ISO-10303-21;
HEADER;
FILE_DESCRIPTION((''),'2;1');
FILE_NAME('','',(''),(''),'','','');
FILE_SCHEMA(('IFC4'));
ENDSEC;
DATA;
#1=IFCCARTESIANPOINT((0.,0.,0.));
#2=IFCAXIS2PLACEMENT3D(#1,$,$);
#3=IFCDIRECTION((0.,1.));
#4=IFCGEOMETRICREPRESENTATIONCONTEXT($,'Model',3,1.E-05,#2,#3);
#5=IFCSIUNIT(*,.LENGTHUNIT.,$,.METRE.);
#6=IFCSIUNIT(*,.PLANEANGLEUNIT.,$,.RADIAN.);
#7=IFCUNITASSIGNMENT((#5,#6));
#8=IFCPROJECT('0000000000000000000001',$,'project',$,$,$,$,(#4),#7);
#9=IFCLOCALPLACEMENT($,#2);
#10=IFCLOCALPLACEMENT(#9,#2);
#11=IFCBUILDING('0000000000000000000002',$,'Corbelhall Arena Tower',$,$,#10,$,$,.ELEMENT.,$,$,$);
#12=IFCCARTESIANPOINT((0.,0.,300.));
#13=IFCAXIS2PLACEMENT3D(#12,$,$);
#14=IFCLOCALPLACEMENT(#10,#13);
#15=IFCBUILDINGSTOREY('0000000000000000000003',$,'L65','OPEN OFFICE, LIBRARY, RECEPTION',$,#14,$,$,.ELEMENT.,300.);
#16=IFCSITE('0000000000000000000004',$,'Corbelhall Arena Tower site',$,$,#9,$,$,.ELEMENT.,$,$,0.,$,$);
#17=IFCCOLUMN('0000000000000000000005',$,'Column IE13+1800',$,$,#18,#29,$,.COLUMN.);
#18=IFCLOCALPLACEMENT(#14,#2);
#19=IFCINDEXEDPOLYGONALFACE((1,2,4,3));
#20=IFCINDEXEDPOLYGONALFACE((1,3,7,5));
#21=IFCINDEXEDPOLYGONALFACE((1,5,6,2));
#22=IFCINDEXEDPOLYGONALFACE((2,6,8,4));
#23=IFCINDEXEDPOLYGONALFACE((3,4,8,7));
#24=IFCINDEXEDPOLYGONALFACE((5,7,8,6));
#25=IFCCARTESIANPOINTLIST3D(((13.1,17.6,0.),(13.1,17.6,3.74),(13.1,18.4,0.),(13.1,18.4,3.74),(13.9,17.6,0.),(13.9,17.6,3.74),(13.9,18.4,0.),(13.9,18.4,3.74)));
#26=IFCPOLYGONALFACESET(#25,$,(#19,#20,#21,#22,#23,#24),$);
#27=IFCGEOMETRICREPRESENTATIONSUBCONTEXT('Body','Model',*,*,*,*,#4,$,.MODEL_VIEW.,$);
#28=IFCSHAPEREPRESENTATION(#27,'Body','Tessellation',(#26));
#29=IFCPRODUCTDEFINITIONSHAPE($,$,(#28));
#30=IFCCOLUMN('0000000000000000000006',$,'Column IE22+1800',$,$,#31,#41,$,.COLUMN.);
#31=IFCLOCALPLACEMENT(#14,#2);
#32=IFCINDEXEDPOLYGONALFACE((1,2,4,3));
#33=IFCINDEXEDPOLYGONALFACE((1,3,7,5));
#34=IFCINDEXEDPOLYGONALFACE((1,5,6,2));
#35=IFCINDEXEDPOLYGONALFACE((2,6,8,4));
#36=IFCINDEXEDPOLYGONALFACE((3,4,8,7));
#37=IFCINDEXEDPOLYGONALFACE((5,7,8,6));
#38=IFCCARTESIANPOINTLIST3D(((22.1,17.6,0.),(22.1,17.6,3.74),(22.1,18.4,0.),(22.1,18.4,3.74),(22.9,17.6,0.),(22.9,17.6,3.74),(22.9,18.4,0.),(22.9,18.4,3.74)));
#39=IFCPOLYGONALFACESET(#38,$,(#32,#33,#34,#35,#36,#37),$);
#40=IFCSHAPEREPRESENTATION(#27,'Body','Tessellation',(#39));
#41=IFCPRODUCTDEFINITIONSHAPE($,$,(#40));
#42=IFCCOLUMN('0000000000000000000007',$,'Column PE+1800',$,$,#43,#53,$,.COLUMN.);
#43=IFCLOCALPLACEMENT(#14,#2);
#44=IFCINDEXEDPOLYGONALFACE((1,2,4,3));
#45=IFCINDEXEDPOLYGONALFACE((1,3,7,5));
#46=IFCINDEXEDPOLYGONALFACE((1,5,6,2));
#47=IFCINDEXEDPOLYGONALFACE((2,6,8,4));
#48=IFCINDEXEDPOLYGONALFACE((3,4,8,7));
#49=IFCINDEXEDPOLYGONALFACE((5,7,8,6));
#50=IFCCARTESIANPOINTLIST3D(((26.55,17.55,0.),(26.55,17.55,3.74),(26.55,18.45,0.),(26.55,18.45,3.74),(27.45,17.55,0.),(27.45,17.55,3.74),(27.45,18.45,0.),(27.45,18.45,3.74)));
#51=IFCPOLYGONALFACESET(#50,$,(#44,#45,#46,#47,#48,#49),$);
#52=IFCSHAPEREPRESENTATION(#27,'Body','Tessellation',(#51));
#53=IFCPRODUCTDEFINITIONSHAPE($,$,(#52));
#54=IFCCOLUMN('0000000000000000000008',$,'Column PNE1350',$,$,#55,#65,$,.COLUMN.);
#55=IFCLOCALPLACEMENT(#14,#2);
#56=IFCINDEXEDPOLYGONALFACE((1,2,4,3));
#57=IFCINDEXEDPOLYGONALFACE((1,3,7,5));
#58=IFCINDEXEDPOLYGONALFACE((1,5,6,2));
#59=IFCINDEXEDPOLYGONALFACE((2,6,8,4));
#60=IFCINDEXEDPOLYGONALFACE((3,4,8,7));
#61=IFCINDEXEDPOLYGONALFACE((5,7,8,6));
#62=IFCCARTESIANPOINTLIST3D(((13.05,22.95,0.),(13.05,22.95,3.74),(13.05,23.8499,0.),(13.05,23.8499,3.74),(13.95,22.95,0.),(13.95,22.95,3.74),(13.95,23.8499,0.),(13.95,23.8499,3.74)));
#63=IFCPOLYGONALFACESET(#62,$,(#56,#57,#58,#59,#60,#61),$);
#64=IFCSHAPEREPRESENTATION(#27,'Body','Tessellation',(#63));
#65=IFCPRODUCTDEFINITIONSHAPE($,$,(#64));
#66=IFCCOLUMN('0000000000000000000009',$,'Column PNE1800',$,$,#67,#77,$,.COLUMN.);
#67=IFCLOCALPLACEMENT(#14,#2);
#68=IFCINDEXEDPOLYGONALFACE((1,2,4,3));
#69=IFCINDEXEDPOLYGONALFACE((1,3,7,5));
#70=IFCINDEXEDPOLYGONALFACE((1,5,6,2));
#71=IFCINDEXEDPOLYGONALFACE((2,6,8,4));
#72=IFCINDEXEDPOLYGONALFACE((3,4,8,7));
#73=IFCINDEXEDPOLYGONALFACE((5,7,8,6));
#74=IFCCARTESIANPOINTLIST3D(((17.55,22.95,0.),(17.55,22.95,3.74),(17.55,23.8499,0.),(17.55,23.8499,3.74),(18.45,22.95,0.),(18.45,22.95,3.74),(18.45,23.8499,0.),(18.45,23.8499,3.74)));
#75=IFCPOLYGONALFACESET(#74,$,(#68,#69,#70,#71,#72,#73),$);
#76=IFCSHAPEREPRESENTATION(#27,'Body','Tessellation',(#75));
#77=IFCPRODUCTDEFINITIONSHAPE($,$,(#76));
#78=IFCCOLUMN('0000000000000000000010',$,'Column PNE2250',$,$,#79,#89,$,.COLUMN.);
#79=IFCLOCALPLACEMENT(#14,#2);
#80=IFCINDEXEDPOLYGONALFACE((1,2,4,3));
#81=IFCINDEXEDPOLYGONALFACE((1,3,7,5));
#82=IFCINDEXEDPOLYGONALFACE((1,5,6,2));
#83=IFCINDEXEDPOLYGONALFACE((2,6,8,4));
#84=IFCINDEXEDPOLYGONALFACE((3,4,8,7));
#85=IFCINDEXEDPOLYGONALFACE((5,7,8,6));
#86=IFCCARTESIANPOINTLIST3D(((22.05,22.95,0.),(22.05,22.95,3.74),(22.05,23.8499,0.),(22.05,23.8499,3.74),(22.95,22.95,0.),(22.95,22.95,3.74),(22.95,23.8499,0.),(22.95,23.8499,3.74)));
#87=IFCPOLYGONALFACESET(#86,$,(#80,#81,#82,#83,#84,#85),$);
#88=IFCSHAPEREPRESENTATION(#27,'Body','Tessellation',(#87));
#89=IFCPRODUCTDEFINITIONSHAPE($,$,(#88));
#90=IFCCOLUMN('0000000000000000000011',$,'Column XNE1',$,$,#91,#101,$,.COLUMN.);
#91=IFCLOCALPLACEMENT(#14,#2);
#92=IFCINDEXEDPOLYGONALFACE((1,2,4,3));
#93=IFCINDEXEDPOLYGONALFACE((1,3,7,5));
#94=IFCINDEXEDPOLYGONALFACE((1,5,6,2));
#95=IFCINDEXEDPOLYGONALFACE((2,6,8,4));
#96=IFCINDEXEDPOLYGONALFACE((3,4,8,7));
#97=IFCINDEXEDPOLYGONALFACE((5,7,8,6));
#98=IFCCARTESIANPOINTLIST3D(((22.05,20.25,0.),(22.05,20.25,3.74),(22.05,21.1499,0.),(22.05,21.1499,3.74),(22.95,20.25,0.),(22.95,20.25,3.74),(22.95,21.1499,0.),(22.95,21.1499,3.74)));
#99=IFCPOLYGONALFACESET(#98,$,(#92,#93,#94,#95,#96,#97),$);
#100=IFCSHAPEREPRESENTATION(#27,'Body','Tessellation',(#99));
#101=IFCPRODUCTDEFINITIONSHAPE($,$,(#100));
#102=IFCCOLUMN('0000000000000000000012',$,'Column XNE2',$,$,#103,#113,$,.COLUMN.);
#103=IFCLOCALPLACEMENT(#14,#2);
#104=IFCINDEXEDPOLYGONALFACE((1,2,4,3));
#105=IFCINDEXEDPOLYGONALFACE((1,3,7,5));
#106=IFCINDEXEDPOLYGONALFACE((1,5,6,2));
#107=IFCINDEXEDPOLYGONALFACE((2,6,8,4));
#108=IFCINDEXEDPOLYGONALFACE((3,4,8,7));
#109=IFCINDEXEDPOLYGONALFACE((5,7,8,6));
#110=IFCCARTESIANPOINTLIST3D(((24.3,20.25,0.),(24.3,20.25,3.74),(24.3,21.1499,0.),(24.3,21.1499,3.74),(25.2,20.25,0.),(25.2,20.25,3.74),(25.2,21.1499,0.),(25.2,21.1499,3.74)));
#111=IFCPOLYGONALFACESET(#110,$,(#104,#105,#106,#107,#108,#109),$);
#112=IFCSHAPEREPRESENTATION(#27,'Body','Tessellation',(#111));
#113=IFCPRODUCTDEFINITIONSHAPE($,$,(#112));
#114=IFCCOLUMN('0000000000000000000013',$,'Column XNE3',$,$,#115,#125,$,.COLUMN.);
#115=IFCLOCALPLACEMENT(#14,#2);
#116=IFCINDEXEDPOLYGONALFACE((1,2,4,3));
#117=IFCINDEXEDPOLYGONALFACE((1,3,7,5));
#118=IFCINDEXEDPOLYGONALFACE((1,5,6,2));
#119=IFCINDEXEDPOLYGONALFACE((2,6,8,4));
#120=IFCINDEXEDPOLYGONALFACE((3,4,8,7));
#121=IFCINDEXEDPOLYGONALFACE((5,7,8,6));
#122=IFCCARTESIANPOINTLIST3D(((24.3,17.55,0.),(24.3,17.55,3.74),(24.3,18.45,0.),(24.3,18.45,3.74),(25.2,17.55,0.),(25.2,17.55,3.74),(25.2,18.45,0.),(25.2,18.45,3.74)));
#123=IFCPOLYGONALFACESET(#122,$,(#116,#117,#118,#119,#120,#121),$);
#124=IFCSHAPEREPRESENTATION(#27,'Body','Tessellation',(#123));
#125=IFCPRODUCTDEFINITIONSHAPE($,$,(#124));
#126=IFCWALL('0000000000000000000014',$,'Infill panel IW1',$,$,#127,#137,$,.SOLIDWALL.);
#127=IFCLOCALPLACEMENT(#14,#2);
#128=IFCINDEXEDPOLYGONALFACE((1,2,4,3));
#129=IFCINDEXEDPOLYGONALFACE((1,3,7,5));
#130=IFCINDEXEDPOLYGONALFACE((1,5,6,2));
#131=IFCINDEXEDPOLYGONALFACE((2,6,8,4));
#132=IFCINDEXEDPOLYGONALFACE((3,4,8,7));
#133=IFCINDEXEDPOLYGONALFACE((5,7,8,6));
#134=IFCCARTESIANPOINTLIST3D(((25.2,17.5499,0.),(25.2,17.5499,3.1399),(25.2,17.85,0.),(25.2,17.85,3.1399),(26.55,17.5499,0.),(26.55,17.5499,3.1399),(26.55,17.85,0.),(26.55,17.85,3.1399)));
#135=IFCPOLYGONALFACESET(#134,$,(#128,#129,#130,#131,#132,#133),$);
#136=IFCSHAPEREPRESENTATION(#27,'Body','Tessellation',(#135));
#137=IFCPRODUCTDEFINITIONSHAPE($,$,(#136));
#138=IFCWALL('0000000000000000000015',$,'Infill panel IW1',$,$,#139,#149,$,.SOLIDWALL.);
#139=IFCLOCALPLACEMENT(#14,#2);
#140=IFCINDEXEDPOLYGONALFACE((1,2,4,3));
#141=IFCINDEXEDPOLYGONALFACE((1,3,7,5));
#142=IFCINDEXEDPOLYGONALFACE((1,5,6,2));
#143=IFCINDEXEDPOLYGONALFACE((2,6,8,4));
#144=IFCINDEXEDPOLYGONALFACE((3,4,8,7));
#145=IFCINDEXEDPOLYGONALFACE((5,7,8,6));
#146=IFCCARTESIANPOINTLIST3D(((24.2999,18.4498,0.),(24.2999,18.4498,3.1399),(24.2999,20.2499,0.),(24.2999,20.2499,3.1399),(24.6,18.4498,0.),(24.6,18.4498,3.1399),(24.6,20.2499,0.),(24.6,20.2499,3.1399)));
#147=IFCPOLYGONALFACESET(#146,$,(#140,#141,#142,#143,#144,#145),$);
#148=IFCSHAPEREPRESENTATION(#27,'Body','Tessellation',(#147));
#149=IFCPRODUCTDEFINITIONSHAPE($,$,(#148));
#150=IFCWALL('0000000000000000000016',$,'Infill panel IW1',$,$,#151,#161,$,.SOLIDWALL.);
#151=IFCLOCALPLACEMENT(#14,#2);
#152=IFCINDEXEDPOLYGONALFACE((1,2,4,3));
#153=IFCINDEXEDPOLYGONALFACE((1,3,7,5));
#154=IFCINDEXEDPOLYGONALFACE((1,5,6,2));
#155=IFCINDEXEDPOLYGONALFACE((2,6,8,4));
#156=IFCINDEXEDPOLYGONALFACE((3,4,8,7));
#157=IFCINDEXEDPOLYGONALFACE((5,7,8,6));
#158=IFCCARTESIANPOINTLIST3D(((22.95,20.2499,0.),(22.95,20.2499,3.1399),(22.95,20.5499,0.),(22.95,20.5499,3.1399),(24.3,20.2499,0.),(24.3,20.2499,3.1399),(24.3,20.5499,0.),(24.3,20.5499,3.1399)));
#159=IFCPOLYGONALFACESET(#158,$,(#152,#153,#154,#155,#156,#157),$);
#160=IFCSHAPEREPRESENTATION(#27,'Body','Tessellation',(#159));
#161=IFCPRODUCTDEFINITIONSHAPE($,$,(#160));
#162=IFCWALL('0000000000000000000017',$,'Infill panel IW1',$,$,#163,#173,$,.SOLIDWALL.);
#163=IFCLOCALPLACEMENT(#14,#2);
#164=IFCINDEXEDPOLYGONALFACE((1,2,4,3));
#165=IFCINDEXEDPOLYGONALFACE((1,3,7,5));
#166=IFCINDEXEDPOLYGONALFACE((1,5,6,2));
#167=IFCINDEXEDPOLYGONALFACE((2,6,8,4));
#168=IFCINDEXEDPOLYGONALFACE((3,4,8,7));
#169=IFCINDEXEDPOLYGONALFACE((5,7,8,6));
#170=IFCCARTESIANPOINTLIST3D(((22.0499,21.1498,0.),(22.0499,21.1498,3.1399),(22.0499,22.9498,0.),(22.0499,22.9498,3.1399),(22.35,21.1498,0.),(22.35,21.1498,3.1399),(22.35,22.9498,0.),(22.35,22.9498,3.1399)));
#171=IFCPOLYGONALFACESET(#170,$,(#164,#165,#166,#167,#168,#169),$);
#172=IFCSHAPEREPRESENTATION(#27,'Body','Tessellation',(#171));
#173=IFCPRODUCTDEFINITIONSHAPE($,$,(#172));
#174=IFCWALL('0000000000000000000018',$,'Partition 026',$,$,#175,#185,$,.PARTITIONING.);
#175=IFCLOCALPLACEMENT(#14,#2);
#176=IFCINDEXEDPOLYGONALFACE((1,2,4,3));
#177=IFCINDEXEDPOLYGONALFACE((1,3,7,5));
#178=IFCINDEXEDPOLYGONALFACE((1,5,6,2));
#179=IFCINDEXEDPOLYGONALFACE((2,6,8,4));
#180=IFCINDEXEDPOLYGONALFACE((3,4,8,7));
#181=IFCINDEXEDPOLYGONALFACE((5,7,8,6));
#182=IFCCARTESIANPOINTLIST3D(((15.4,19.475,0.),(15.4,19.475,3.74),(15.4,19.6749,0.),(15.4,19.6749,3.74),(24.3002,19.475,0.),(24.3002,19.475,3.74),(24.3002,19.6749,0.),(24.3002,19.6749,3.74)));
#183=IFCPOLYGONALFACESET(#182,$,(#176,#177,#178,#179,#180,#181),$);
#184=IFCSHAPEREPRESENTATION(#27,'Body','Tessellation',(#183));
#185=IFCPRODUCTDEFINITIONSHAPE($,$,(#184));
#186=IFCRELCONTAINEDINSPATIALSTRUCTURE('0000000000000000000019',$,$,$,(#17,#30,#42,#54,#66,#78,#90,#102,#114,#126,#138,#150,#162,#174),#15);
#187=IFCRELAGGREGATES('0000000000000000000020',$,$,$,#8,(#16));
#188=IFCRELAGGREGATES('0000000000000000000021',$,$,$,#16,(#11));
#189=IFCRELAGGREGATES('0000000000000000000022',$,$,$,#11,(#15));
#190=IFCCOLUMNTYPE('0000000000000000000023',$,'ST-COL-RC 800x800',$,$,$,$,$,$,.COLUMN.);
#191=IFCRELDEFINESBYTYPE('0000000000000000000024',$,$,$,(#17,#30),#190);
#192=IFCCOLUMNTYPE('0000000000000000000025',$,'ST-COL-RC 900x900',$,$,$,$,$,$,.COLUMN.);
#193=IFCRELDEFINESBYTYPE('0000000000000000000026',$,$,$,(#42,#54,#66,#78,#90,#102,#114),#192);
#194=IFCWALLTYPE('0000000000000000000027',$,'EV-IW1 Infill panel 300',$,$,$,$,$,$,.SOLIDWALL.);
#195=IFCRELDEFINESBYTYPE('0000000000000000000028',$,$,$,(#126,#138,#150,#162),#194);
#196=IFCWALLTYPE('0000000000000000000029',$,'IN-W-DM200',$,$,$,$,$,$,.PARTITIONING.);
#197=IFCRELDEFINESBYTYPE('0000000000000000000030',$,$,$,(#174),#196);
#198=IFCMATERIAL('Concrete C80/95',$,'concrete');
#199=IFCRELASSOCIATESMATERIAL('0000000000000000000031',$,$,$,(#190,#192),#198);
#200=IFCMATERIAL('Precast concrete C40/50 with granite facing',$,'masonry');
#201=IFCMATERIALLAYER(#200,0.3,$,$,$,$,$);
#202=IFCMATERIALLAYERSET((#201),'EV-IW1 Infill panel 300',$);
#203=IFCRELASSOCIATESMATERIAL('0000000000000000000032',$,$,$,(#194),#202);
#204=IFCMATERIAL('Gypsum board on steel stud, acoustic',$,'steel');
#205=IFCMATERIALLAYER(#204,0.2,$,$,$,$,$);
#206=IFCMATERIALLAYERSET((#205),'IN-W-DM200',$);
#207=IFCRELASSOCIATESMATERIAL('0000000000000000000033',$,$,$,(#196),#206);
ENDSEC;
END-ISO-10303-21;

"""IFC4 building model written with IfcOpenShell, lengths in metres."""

from ifc_helpers import new_model, si_unit, direction, frame, frame_2d, origin, origin_2d, place, context, subcontext, project, spatial, rectangle, extrude, material, layer, layer_set, material_profile, profile_set, type_object, element, save


model = new_model("IFC4")

# Units and contexts
model_context = context("Model", 3, precision=1e-05, world=origin(), true_north=direction((0.0, 1.0)))
body_context = subcontext(model_context, "Body", "Model", "MODEL_VIEW")
ifc_project = project(units=[si_unit("LENGTHUNIT", "METRE"), si_unit("PLANEANGLEUNIT", "RADIAN")], contexts=[model_context])

# Site, building, storey
site_placement = place(None, origin())
site = spatial("IfcSite", under=ifc_project, at=site_placement, Name="Corbelhall Arena Tower site", CompositionType="ELEMENT", RefElevation=0.0)
building_placement = place(site_placement, origin())
building = spatial("IfcBuilding", under=site, at=building_placement, Name="Corbelhall Arena Tower", CompositionType="ELEMENT")
storey_placement = place(building_placement, frame((0.0, 0.0, 300.0)))
storey = spatial("IfcBuildingStorey", under=building, at=storey_placement, Name="L65", Description="OPEN OFFICE, LIBRARY, RECEPTION", CompositionType="ELEMENT", Elevation=300.0)

# Columns
ifc_material_1 = material(Name="Concrete C80/95", Category="concrete")
ifc_material_profile_1 = material_profile(ifc_material_1, rectangle(XDim=0.8, YDim=0.8, at=origin_2d()))
ifc_profile_set_1 = profile_set([ifc_material_profile_1], Name="Concrete C80/95")
column_type_1 = type_object("IfcColumnType", Name="ST-COL-RC 800x800", PredefinedType="COLUMN", material=ifc_profile_set_1)
for number, where, z_axis, x_axis, name in (
    (1, (13.5, 18.0, 0.0), (0.0, 0.0, 1.0), (1.0, 0.0, 0.0), "Column IE13+1800"),
    (2, (22.5, 18.0, 0.0), (0.0, 0.0, 1.0), (1.0, 0.0, 0.0), "Column IE22+1800"),
):
    element("IfcColumn", number, at=place(storey_placement, frame(where, z_axis=z_axis, x_axis=x_axis)), inside=storey, type_object=column_type_1, Name=name, PredefinedType="COLUMN", context=body_context, shape_type="SweptSolid", body=[
        extrude(rectangle(XDim=0.8, YDim=0.8, at=origin_2d()), origin(), (0.0, 0.0, 1.0), 3.74),
    ])
ifc_material_profile_2 = material_profile(ifc_material_1, rectangle(XDim=0.8999, YDim=0.8999, at=origin_2d()))
ifc_profile_set_2 = profile_set([ifc_material_profile_2], Name="Concrete C80/95")
column_type_2 = type_object("IfcColumnType", Name="ST-COL-RC 900x900", PredefinedType="COLUMN", material=ifc_profile_set_2)
for number, where, z_axis, x_axis, name in (
    (3, (27.0, 18.0, 0.0), (0.0, 0.0, 1.0), (0.0, 1.0, 0.0), "Column PE+1800"),
    (4, (13.5, 23.3999, 0.0), (0.0, 0.0, 1.0), (1.0, 0.0, 0.0), "Column PNE1350"),
    (5, (18.0, 23.3999, 0.0), (0.0, 0.0, 1.0), (1.0, 0.0, 0.0), "Column PNE1800"),
    (6, (22.5, 23.3999, 0.0), (0.0, 0.0, 1.0), (1.0, 0.0, 0.0), "Column PNE2250"),
    (7, (22.5, 20.7, 0.0), (0.0, 0.0, 1.0), (1.0, 0.0, 0.0), "Column XNE1"),
    (8, (24.75, 20.7, 0.0), (0.0, 0.0, 1.0), (1.0, 0.0, 0.0), "Column XNE2"),
    (9, (24.75, 18.0, 0.0), (0.0, 0.0, 1.0), (1.0, 0.0, 0.0), "Column XNE3"),
):
    element("IfcColumn", number, at=place(storey_placement, frame(where, z_axis=z_axis, x_axis=x_axis)), inside=storey, type_object=column_type_2, Name=name, PredefinedType="COLUMN", context=body_context, shape_type="SweptSolid", body=[
        extrude(rectangle(XDim=0.8999, YDim=0.8999, at=origin_2d()), origin(), (0.0, 0.0, 1.0), 3.74),
    ])

# Walls
ifc_material_2 = material(Name="Precast concrete C40/50 with granite facing", Category="masonry")
ifc_layer_1 = layer(ifc_material_2, 0.3)
ifc_layer_set_1 = layer_set([ifc_layer_1], Name="EV-IW1 Infill panel 300")
wall_type_1 = type_object("IfcWallType", Name="EV-IW1 Infill panel 300", PredefinedType="SOLIDWALL", material=ifc_layer_set_1)
wall_1_placement = place(storey_placement, frame((26.55, 17.7, 0.0), z_axis=(0.0, 0.0, 1.0), x_axis=(-1.0, 0.0, 0.0)))
element("IfcWall", 10, at=wall_1_placement, inside=storey, type_object=wall_type_1, Name="Infill panel IW1", PredefinedType="SOLIDWALL", context=body_context, shape_type="SweptSolid", body=[
    extrude(rectangle(XDim=1.3501, YDim=0.3, at=frame_2d((0.675, 0.0))), origin(), (0.0, 0.0, 1.0), 3.1399),
])
wall_2_placement = place(storey_placement, frame((24.45, 18.45, 0.0), z_axis=(0.0, 0.0, 1.0), x_axis=(0.0, 1.0, 0.0)))
element("IfcWall", 11, at=wall_2_placement, inside=storey, type_object=wall_type_1, Name="Infill panel IW1", PredefinedType="SOLIDWALL", context=body_context, shape_type="SweptSolid", body=[
    extrude(rectangle(XDim=1.8, YDim=0.3, at=frame_2d((0.8999, 0.0))), origin(), (0.0, 0.0, 1.0), 3.1399),
])
wall_3_placement = place(storey_placement, frame((24.3, 20.3999, 0.0), z_axis=(0.0, 0.0, 1.0), x_axis=(-1.0, 0.0, 0.0)))
element("IfcWall", 12, at=wall_3_placement, inside=storey, type_object=wall_type_1, Name="Infill panel IW1", PredefinedType="SOLIDWALL", context=body_context, shape_type="SweptSolid", body=[
    extrude(rectangle(XDim=1.3501, YDim=0.3, at=frame_2d((0.675, 0.0))), origin(), (0.0, 0.0, 1.0), 3.1399),
])
wall_4_placement = place(storey_placement, frame((22.2, 21.1499, 0.0), z_axis=(0.0, 0.0, 1.0), x_axis=(0.0, 1.0, 0.0)))
element("IfcWall", 13, at=wall_4_placement, inside=storey, type_object=wall_type_1, Name="Infill panel IW1", PredefinedType="SOLIDWALL", context=body_context, shape_type="SweptSolid", body=[
    extrude(rectangle(XDim=1.8, YDim=0.3, at=frame_2d((0.8999, 0.0))), origin(), (0.0, 0.0, 1.0), 3.1399),
])

# Shared definitions
ifc_material_3 = material(Name="Gypsum board on steel stud, acoustic", Category="steel")
ifc_layer_2 = layer(ifc_material_3, 0.2)
ifc_layer_set_2 = layer_set([ifc_layer_2], Name="IN-W-DM200")
wall_type_2 = type_object("IfcWallType", Name="IN-W-DM200", PredefinedType="PARTITIONING", material=ifc_layer_set_2)

# Wall
wall_5_placement = place(storey_placement, frame((15.3999, 19.575, 0.0), z_axis=(0.0, 0.0, 1.0), x_axis=(1.0, 0.0, 0.0)))
element("IfcWall", 14, at=wall_5_placement, inside=storey, type_object=wall_type_2, Name="Partition 026", PredefinedType="PARTITIONING", context=body_context, shape_type="SweptSolid", body=[
    extrude(rectangle(XDim=8.9001, YDim=0.2, at=frame_2d((4.4502, 0.0))), origin(), (0.0, 0.0, 1.0), 3.74),
])

save(model, "model.ifc")
